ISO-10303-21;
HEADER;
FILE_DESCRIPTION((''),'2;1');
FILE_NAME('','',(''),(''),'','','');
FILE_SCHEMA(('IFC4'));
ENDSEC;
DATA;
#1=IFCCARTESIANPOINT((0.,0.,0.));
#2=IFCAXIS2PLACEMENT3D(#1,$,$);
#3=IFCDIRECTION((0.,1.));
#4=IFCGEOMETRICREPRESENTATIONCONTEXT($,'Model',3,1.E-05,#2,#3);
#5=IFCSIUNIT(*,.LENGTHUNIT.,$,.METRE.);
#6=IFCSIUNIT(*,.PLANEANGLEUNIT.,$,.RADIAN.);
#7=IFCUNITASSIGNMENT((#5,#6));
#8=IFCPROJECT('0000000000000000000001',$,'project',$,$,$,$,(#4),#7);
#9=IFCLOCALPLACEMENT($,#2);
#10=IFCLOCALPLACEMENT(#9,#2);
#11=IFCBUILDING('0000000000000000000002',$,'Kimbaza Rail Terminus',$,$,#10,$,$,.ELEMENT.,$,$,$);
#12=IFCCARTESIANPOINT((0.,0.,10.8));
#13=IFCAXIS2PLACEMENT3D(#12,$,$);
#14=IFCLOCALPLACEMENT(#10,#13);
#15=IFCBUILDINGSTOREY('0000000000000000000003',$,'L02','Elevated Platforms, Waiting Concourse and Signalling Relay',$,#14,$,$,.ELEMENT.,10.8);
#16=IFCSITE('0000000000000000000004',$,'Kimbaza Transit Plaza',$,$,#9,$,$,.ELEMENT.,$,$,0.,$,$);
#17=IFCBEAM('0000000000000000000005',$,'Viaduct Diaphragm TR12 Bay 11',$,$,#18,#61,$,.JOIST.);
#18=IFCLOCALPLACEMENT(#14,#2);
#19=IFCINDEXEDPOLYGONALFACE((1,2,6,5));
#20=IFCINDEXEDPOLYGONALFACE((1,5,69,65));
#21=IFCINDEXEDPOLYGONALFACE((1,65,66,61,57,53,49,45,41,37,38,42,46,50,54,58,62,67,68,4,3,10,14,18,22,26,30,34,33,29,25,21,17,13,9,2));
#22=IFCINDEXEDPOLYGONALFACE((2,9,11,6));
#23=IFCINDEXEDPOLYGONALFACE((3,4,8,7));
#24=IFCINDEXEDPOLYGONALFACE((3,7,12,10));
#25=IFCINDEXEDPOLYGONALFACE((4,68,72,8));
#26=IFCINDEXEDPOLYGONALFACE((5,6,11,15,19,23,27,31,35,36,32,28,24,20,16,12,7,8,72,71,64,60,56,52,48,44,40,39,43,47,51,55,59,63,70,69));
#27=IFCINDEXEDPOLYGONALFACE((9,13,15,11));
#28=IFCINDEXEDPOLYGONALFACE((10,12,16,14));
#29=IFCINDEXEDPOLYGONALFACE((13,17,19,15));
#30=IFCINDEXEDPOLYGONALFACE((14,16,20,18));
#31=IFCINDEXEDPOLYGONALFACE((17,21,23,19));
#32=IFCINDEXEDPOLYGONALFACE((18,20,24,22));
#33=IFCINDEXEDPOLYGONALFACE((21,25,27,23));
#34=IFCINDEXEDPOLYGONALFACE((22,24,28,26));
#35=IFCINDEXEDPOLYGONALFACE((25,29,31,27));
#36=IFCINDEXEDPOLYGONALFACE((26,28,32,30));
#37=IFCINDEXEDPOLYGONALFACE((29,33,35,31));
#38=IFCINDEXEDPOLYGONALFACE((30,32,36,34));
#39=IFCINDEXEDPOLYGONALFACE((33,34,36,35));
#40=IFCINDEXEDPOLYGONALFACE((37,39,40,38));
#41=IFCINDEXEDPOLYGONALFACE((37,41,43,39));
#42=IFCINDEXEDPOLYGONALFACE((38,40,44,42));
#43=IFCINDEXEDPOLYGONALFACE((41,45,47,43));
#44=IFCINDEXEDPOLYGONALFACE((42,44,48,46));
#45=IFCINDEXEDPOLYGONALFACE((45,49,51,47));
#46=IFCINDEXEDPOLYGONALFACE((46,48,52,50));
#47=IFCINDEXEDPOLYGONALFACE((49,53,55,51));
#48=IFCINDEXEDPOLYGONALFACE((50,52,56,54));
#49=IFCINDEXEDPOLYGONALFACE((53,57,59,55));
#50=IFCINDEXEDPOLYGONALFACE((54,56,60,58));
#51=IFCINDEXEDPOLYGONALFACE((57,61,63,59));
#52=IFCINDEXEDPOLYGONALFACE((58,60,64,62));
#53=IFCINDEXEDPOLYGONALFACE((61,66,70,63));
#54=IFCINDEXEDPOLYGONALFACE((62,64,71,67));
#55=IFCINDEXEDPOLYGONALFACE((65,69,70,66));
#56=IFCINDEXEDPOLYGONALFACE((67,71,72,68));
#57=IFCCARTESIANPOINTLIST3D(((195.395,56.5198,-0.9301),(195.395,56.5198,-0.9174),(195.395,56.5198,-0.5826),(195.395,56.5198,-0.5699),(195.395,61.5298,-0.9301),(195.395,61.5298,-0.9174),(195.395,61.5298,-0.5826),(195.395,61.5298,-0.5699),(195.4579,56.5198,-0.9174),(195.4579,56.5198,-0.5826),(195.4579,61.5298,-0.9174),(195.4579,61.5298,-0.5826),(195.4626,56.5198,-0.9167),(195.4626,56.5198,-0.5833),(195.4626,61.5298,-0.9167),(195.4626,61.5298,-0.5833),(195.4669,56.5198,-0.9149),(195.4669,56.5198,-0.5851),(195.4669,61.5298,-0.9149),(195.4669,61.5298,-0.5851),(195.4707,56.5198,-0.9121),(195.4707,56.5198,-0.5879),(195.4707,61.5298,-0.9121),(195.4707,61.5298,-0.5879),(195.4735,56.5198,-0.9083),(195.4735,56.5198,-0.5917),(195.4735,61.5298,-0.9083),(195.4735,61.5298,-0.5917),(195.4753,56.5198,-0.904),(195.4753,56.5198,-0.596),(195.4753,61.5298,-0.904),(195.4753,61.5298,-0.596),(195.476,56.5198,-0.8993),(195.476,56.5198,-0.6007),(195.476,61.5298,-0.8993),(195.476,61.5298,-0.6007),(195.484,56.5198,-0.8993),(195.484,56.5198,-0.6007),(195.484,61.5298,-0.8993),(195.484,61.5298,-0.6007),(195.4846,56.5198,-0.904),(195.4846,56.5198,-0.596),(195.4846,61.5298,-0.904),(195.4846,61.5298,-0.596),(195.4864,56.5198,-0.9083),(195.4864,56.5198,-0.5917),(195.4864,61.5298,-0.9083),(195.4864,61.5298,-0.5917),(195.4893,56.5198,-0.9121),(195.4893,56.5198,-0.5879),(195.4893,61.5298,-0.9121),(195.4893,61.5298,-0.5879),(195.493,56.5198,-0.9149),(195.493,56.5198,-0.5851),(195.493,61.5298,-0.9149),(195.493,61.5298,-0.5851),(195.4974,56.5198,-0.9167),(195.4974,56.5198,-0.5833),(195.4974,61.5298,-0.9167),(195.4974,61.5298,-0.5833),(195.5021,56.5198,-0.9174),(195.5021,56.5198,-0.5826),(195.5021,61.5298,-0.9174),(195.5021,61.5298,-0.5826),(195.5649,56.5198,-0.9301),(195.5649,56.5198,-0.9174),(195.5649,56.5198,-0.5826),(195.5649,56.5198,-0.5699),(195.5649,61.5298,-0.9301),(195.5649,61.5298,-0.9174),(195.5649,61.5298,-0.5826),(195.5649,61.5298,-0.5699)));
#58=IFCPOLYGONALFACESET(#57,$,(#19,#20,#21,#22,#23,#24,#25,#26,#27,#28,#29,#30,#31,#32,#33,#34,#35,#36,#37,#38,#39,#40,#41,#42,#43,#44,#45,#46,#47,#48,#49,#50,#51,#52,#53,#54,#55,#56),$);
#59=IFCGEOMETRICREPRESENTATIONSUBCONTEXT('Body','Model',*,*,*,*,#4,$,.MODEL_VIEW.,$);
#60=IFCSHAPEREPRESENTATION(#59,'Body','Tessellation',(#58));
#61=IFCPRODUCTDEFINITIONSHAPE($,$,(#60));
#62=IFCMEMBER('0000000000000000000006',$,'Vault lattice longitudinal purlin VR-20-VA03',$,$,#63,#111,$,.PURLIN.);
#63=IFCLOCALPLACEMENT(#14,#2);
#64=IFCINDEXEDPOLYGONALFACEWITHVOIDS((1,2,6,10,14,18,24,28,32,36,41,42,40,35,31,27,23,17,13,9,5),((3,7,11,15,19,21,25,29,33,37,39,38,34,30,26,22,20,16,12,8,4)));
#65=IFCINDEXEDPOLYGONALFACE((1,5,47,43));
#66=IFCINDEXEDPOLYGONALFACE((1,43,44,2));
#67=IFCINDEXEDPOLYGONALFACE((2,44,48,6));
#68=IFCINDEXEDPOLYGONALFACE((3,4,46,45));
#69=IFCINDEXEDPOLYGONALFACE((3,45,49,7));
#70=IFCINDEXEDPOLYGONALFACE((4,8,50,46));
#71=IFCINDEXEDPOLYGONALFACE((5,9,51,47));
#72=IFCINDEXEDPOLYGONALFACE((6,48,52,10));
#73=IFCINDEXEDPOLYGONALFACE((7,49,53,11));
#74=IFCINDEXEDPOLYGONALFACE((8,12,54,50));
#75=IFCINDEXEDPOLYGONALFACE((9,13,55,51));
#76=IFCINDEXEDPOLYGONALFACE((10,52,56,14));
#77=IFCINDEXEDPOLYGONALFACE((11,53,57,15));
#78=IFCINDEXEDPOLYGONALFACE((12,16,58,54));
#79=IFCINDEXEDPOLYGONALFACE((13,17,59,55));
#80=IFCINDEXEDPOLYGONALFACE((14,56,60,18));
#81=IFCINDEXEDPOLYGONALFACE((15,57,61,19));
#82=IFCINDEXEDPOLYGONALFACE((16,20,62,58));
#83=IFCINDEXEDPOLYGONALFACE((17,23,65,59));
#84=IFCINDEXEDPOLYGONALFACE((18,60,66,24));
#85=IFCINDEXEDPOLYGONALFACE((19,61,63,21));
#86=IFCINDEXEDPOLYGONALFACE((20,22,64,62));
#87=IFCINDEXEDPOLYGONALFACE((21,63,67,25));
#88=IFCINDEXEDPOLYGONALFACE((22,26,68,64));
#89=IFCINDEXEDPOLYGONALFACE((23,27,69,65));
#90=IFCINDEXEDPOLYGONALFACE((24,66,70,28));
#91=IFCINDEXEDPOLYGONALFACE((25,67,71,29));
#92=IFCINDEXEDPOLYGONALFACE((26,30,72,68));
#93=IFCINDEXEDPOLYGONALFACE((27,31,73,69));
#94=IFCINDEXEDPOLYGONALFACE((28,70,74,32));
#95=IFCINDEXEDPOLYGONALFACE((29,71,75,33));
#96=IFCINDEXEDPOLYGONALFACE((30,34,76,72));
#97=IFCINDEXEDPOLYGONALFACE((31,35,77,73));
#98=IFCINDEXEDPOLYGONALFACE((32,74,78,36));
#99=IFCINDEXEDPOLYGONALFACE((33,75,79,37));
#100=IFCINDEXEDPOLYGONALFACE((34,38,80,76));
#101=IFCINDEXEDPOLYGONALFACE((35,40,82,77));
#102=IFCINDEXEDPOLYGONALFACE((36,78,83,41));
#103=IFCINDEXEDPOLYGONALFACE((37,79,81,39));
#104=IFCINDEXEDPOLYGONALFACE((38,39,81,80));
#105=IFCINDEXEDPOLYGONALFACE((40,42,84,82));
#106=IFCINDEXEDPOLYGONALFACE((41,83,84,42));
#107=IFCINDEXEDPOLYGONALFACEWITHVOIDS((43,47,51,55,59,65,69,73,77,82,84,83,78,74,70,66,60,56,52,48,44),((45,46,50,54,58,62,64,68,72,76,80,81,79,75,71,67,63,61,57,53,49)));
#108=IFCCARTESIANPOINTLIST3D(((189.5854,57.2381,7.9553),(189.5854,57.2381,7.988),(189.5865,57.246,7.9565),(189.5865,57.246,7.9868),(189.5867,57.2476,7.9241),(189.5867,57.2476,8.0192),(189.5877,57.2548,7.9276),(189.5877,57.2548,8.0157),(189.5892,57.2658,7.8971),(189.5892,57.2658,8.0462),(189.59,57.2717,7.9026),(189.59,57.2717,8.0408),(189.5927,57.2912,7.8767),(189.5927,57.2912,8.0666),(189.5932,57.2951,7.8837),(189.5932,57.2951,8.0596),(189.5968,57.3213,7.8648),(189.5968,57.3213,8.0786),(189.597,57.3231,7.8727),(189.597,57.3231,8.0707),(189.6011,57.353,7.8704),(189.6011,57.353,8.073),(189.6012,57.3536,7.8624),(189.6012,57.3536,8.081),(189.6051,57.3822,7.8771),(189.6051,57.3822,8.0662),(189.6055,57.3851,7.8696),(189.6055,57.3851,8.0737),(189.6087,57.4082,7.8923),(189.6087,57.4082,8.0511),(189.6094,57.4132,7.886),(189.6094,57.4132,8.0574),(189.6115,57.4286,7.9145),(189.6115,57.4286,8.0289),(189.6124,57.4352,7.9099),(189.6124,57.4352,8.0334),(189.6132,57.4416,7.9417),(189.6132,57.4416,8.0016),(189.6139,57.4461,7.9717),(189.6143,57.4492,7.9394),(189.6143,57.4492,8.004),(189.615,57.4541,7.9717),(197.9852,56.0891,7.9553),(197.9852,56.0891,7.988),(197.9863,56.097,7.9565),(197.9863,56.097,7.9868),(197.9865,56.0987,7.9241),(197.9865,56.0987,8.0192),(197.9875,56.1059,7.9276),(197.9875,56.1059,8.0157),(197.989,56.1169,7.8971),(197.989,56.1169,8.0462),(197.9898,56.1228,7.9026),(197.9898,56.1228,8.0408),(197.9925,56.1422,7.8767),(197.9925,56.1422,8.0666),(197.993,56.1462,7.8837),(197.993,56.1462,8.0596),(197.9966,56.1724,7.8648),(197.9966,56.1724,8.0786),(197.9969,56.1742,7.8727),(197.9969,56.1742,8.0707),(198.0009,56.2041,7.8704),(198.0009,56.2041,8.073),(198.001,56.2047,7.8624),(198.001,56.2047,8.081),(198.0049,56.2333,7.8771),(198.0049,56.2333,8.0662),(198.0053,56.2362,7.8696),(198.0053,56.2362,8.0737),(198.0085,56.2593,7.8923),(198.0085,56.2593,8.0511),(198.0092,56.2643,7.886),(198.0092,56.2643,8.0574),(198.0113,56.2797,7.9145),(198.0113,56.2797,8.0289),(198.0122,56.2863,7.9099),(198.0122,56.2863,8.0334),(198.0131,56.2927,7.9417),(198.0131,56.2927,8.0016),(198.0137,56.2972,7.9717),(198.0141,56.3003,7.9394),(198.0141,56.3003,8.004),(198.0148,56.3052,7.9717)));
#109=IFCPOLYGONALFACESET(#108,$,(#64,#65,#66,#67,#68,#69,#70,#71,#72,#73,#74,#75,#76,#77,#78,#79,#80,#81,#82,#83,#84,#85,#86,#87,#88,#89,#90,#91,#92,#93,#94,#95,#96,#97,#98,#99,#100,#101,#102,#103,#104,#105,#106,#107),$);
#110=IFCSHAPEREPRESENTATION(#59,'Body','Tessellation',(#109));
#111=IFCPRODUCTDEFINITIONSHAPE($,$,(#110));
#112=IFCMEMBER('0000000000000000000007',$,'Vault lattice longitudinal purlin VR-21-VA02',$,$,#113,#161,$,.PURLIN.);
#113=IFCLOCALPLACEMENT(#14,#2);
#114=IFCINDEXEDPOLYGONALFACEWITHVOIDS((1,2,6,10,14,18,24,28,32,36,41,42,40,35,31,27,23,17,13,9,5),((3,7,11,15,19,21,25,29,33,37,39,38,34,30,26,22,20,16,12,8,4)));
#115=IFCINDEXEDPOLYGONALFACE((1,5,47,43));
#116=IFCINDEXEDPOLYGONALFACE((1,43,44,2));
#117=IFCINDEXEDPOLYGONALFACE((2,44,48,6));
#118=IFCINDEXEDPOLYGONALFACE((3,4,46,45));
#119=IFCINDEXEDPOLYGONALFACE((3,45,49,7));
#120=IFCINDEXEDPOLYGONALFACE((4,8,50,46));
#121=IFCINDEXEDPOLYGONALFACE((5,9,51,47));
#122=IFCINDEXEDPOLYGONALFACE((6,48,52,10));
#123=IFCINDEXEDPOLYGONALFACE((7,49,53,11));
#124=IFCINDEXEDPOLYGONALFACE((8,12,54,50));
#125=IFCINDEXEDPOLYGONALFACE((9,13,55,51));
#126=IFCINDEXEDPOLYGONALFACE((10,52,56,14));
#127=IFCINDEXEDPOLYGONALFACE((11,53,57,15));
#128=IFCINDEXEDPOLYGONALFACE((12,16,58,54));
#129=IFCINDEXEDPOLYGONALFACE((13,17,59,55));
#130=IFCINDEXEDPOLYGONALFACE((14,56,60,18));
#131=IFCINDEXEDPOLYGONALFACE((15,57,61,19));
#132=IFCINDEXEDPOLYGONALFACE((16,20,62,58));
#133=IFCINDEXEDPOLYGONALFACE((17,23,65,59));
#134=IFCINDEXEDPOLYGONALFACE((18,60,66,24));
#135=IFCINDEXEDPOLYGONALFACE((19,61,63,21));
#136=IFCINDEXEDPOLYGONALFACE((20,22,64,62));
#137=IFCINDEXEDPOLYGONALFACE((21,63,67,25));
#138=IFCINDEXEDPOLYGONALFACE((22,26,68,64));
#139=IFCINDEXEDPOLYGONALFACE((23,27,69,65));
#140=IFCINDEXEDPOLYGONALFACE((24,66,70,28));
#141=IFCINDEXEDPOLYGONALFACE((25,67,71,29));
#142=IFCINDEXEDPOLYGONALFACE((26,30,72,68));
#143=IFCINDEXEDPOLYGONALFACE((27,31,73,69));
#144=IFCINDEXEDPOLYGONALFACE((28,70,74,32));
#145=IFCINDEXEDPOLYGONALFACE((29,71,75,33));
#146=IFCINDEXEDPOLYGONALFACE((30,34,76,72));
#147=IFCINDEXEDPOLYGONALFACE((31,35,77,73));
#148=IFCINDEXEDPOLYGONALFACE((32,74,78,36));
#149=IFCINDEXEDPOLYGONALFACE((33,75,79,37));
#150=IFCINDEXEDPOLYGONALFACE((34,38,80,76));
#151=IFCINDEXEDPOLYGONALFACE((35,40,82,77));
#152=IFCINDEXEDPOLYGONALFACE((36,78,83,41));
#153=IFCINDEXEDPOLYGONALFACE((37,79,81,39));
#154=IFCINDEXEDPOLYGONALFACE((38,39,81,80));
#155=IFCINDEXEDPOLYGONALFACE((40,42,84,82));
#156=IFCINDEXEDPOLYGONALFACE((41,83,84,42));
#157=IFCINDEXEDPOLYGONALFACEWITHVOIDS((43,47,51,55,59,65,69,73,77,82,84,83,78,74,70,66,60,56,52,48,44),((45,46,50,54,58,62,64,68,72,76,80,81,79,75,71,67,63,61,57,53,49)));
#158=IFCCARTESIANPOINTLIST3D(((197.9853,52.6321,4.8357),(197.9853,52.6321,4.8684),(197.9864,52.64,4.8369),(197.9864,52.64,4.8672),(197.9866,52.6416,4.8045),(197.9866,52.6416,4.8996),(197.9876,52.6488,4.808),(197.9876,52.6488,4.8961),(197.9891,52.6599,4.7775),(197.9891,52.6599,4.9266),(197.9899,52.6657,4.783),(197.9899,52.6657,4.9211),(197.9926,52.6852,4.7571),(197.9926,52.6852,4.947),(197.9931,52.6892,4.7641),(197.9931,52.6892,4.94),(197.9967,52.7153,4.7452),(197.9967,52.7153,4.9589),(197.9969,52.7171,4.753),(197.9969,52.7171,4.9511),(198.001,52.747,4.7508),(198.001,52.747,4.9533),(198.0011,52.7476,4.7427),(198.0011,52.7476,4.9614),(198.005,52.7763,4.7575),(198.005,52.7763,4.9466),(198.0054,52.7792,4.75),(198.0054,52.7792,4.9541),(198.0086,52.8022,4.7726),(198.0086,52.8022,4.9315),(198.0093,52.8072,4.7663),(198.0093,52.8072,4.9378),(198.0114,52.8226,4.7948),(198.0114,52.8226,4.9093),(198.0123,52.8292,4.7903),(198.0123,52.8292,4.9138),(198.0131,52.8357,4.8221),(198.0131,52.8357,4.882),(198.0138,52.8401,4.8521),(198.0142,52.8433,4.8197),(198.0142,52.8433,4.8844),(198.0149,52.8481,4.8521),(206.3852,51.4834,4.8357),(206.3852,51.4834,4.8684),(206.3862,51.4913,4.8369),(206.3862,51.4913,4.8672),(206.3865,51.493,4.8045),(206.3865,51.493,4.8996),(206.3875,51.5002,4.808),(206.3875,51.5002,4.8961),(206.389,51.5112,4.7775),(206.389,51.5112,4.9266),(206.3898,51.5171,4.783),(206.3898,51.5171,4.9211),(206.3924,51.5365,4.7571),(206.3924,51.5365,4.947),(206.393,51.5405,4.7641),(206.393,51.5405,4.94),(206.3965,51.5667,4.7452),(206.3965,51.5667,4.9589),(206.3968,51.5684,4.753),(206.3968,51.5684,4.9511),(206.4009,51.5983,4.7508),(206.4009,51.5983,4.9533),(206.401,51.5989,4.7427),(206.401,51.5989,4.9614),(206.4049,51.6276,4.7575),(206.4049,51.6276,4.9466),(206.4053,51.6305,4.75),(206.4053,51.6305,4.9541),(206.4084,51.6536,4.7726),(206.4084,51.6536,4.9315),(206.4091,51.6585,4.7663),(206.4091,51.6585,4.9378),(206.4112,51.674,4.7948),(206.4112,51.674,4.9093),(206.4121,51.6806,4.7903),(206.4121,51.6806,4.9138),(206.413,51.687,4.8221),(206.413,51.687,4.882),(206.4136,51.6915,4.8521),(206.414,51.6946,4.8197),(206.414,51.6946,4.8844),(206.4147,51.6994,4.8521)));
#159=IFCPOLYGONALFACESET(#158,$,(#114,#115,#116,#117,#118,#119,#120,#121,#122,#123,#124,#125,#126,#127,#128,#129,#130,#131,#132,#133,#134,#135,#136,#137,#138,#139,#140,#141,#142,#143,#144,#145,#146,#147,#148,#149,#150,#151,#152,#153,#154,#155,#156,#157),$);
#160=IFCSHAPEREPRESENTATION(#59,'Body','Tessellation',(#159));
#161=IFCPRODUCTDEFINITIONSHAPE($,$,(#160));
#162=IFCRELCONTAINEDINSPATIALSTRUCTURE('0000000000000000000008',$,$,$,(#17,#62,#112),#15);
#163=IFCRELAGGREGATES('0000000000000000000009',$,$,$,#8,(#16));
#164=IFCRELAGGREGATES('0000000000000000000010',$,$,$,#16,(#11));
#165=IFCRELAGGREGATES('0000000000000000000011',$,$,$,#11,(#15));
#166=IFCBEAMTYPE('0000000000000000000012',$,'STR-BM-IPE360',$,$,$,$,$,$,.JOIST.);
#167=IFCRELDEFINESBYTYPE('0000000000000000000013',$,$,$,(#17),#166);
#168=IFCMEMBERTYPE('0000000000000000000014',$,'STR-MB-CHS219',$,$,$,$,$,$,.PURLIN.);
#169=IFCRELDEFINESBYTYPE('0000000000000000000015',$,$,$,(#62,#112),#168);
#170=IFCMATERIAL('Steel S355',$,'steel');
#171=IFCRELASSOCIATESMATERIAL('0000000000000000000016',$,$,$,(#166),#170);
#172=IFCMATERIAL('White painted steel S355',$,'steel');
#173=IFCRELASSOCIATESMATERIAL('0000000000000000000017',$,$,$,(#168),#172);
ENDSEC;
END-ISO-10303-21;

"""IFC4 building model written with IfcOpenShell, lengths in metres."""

from ifc_helpers import new_model, si_unit, direction, frame, origin, origin_2d, place, context, subcontext, project, spatial, hollow_circle, i_section, extrude, material, material_profile, profile_set, type_object, element, save


model = new_model("IFC4")

# Units and contexts
model_context = context("Model", 3, precision=1e-05, world=origin(), true_north=direction((0.0, 1.0)))
body_context = subcontext(model_context, "Body", "Model", "MODEL_VIEW")
ifc_project = project(units=[si_unit("LENGTHUNIT", "METRE"), si_unit("PLANEANGLEUNIT", "RADIAN")], contexts=[model_context])

# Site, building, storey
site_placement = place(None, origin())
site = spatial("IfcSite", under=ifc_project, at=site_placement, Name="Kimbaza Transit Plaza", CompositionType="ELEMENT", RefElevation=0.0)
building_placement = place(site_placement, origin())
building = spatial("IfcBuilding", under=site, at=building_placement, Name="Kimbaza Rail Terminus", CompositionType="ELEMENT")
storey_placement = place(building_placement, frame((0.0, 0.0, 10.8)))
storey = spatial("IfcBuildingStorey", under=building, at=storey_placement, Name="L02", Description="Elevated Platforms, Waiting Concourse and Signalling Relay", CompositionType="ELEMENT", Elevation=10.8)

# Beam
ifc_material_1 = material(Name="Steel S355", Category="steel")
ifc_material_profile_1 = material_profile(ifc_material_1, i_section(OverallWidth=0.1699, OverallDepth=0.3601, WebThickness=0.0081, FlangeThickness=0.0127, FilletRadius=0.0181, at=origin_2d()), Name="IPE 360")
ifc_profile_set_1 = profile_set([ifc_material_profile_1], Name="Steel S355")
beam_type_1 = type_object("IfcBeamType", Name="STR-BM-IPE360", PredefinedType="JOIST", material=ifc_profile_set_1)
beam_1_placement = place(storey_placement, frame((195.48, 56.5198, -0.75), z_axis=(0.0, 1.0, 0.0), x_axis=(-1.0, 0.0, 0.0)))
element("IfcBeam", 1, at=beam_1_placement, inside=storey, type_object=beam_type_1, Name="Viaduct Diaphragm TR12 Bay 11", PredefinedType="JOIST", context=body_context, shape_type="SweptSolid", body=[
    extrude(i_section(OverallWidth=0.1699, OverallDepth=0.3601, WebThickness=0.0081, FlangeThickness=0.0127, FilletRadius=0.0181, at=origin_2d()), origin(), (0.0, 0.0, 1.0), 5.01),
])

# Members
ifc_material_2 = material(Name="White painted steel S355", Category="steel")
ifc_material_profile_2 = material_profile(ifc_material_2, hollow_circle(Radius=0.1096, WallThickness=0.0081, at=origin_2d()), Name="CHS 219.1x8")
ifc_profile_set_2 = profile_set([ifc_material_profile_2], Name="White painted steel S355")
member_type_1 = type_object("IfcMemberType", Name="STR-MB-CHS219", PredefinedType="PURLIN", material=ifc_profile_set_2)
for number, where, z_axis, x_axis, name in (
    (2, (189.6001, 57.3455, 7.9717), (0.990775, -0.135517, 0.0), (0.135517, 0.990775, 0.0), "Vault lattice longitudinal purlin VR-20-VA03"),
    (3, (198.0, 52.7395, 4.8521), (0.990779, -0.135488, 0.0), (0.135488, 0.990779, 0.0), "Vault lattice longitudinal purlin VR-21-VA02"),
):
    element("IfcMember", number, at=place(storey_placement, frame(where, z_axis=z_axis, x_axis=x_axis)), inside=storey, type_object=member_type_1, Name=name, PredefinedType="PURLIN", context=body_context, shape_type="SweptSolid", body=[
        extrude(hollow_circle(Radius=0.1096, WallThickness=0.0081, at=origin_2d()), origin(), (0.0, 0.0, 1.0), 8.478),
    ])

save(model, "model.ifc")
